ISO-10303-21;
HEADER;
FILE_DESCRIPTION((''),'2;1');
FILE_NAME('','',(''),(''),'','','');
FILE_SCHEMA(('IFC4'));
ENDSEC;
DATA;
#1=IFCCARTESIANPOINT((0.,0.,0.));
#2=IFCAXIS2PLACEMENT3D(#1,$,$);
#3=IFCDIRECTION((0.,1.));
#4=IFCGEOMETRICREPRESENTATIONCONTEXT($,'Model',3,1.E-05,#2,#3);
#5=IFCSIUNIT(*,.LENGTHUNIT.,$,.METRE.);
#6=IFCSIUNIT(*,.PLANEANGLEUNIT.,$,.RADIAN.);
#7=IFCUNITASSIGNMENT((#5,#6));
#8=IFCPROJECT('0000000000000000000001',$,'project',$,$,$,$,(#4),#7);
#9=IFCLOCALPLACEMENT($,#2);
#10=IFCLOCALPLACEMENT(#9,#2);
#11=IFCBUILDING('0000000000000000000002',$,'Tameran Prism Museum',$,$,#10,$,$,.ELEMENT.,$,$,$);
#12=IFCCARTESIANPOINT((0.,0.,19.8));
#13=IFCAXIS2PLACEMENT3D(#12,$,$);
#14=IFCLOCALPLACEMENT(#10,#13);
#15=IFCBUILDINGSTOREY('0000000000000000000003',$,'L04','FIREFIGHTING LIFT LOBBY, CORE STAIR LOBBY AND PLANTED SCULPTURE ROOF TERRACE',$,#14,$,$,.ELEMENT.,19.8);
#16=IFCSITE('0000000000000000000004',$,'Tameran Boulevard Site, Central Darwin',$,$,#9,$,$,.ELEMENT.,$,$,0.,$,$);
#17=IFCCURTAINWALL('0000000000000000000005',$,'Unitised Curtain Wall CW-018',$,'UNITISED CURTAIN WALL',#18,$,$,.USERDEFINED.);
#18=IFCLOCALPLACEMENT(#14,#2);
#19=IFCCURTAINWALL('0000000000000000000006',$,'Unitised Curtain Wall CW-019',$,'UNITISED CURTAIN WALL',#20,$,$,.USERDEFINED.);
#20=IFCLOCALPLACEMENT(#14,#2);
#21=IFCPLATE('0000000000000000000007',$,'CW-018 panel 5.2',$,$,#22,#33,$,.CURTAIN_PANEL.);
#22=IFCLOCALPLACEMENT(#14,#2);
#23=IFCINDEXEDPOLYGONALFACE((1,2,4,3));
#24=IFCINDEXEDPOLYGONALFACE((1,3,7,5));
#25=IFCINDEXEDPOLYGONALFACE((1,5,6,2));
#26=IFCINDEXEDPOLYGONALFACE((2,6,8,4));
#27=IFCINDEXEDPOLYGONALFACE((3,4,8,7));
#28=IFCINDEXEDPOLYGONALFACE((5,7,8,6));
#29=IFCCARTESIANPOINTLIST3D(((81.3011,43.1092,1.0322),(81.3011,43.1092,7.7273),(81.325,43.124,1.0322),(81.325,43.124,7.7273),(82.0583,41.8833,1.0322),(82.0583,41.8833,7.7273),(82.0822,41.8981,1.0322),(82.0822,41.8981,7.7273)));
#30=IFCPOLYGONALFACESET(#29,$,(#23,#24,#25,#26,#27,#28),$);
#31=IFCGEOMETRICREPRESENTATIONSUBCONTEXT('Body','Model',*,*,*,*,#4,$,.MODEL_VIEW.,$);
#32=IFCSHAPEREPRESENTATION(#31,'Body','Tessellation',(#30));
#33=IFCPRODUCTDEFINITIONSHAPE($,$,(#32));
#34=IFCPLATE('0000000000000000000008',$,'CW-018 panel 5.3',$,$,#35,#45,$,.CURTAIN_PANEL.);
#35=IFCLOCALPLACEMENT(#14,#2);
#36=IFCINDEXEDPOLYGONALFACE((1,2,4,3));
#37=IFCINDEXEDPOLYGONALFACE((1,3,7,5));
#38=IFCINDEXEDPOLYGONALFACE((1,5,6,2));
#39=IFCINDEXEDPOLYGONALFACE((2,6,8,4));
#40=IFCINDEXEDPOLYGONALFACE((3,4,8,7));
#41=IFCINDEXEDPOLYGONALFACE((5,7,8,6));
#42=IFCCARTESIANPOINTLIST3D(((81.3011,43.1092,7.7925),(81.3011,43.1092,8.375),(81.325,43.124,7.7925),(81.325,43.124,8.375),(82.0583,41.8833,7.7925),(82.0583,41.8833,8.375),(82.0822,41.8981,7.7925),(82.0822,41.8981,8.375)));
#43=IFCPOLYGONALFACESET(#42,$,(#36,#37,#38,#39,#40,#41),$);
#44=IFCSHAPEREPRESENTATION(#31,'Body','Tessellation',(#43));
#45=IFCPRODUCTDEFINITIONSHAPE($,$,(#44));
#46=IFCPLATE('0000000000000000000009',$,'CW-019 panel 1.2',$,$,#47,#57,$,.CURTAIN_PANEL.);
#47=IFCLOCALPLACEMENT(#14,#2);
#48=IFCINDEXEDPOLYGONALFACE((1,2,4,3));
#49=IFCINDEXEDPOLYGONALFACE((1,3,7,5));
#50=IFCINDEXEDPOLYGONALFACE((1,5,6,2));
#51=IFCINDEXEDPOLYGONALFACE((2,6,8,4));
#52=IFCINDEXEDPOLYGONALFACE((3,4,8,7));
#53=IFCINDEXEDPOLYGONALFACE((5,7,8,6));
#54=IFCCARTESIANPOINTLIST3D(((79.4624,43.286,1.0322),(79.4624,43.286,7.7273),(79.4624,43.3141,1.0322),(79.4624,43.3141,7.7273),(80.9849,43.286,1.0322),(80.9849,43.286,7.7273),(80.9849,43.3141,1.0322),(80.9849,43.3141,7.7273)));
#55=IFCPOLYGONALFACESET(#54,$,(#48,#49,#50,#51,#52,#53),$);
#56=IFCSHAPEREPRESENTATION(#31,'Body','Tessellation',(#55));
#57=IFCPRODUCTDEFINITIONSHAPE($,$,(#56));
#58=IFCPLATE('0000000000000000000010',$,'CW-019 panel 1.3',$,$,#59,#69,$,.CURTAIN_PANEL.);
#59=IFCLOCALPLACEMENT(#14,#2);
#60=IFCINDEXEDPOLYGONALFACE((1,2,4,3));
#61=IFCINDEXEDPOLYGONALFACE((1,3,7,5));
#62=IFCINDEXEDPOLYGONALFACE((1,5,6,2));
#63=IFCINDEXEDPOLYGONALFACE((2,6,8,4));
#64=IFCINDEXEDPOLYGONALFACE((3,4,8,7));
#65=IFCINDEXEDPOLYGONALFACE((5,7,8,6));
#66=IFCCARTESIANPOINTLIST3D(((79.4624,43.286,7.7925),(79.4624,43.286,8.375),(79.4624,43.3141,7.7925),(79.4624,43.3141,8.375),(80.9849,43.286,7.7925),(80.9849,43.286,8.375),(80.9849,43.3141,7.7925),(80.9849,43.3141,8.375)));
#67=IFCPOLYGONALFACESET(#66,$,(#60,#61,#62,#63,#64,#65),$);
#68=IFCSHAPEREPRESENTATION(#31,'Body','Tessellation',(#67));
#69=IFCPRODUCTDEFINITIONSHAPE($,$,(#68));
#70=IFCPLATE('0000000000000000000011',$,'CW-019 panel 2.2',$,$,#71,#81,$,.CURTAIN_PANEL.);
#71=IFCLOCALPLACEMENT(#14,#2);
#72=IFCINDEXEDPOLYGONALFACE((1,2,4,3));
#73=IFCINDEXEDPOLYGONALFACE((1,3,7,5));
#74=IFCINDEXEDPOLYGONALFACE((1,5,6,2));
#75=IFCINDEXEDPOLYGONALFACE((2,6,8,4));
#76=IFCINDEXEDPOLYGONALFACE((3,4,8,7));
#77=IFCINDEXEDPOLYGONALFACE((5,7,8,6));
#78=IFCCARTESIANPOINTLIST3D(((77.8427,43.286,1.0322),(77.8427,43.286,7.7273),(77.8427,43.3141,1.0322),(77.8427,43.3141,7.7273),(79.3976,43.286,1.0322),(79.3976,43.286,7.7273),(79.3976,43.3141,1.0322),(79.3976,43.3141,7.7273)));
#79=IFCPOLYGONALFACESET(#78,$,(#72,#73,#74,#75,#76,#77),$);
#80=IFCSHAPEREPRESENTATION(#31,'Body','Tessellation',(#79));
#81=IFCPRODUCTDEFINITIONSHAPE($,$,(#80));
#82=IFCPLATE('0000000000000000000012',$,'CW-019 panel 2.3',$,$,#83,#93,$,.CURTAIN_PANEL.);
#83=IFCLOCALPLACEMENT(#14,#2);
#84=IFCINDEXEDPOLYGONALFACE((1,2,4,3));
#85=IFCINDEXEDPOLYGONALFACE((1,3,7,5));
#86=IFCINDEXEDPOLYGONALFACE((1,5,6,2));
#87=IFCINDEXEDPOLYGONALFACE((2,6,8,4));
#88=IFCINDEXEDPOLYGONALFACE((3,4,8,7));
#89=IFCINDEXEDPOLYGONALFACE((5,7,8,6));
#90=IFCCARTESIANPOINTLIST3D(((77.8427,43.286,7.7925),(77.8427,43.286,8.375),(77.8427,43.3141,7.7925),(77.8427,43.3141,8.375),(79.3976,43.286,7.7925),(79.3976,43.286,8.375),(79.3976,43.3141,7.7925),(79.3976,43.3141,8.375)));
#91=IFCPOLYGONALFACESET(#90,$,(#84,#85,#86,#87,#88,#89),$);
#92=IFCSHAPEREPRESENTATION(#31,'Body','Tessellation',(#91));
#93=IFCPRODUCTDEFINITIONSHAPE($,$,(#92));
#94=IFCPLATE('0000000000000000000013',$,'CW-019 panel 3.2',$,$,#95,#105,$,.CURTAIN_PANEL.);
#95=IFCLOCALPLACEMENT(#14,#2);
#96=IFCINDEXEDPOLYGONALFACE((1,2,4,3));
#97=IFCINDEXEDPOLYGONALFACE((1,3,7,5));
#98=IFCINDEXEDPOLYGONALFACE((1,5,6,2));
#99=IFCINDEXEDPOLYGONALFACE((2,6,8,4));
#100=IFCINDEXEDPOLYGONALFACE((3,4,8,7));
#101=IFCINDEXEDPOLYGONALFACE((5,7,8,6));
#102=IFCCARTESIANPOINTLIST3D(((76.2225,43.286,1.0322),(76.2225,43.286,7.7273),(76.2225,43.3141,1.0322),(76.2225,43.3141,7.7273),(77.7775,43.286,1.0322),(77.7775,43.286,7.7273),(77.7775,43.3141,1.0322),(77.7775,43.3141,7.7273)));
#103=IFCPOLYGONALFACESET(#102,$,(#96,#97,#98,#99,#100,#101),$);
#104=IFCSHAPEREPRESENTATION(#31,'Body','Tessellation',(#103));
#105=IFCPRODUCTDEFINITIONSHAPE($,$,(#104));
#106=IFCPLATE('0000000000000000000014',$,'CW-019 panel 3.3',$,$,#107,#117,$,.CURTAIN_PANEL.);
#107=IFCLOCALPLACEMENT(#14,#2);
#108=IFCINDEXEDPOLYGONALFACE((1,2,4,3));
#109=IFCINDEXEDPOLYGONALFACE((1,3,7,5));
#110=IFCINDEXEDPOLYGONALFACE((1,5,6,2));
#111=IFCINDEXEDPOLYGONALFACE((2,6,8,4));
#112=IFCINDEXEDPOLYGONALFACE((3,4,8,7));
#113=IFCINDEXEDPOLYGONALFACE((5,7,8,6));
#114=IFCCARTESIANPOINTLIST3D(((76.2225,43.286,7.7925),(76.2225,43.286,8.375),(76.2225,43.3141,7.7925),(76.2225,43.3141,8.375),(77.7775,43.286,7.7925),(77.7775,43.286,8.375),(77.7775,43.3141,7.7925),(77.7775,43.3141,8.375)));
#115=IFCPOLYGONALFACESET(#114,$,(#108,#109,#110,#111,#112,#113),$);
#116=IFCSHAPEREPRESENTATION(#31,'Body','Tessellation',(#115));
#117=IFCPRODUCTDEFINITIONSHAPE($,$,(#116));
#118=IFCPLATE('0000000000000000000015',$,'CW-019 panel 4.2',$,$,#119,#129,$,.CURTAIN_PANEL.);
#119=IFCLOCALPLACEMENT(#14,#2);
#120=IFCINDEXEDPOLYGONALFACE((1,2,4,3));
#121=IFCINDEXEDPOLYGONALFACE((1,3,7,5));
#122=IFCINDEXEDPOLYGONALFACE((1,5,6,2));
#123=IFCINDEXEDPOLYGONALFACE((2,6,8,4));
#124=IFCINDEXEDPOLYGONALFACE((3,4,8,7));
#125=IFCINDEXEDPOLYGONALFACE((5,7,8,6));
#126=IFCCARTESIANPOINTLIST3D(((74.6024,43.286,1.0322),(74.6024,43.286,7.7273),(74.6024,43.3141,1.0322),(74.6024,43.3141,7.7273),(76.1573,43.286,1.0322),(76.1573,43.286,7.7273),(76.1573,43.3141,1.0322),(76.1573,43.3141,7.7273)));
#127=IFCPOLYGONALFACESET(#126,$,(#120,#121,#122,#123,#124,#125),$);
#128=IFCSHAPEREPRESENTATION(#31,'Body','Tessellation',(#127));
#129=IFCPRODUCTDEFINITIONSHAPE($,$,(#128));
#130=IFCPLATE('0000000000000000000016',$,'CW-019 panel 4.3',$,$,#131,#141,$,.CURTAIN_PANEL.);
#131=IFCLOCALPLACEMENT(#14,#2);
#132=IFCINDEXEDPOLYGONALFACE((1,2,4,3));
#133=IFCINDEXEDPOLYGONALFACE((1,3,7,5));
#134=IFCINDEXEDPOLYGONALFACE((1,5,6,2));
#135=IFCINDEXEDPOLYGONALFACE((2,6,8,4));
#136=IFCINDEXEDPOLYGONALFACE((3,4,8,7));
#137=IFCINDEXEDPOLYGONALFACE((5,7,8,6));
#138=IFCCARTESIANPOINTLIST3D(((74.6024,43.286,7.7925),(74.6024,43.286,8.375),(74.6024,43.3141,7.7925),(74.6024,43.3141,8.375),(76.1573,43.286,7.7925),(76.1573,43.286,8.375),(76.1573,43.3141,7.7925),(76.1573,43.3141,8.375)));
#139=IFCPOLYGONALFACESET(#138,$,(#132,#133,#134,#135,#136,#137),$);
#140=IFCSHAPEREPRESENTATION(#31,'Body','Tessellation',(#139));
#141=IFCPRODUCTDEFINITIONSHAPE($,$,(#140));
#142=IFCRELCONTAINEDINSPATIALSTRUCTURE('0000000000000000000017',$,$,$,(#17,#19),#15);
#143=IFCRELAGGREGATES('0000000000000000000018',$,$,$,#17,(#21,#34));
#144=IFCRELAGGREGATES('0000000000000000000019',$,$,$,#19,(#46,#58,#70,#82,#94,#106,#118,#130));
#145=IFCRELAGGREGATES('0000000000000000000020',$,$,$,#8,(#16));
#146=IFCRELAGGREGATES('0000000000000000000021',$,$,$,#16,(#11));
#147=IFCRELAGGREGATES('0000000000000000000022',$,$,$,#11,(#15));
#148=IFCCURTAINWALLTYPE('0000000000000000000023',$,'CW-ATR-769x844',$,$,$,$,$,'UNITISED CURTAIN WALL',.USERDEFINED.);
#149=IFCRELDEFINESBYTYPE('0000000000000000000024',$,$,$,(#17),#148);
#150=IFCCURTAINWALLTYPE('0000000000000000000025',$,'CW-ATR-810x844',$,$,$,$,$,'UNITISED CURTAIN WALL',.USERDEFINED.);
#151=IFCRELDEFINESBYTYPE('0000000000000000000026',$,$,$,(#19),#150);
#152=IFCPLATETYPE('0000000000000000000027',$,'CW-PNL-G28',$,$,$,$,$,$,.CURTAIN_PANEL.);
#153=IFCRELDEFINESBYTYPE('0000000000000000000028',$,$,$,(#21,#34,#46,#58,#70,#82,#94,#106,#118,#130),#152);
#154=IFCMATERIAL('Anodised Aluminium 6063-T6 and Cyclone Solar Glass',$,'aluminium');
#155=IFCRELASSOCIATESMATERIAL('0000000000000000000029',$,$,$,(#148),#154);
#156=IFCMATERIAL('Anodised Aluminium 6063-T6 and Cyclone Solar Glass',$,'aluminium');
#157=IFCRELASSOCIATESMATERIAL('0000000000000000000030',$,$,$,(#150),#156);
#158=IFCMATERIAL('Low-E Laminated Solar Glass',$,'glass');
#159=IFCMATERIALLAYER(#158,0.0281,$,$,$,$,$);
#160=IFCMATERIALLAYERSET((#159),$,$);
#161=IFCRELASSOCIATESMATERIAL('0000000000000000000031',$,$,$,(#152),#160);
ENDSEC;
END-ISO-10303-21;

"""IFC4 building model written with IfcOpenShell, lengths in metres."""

from ifc_helpers import new_model, si_unit, direction, frame, origin, origin_2d, place, context, subcontext, project, spatial, rectangle, extrude, material, layer, layer_set, type_object, element, aggregate, save


model = new_model("IFC4")

# Units and contexts
model_context = context("Model", 3, precision=1e-05, world=origin(), true_north=direction((0.0, 1.0)))
body_context = subcontext(model_context, "Body", "Model", "MODEL_VIEW")
ifc_project = project(units=[si_unit("LENGTHUNIT", "METRE"), si_unit("PLANEANGLEUNIT", "RADIAN")], contexts=[model_context])

# Site, building, storey
site_placement = place(None, origin())
site = spatial("IfcSite", under=ifc_project, at=site_placement, Name="Tameran Boulevard Site, Central Darwin", CompositionType="ELEMENT", RefElevation=0.0)
building_placement = place(site_placement, origin())
building = spatial("IfcBuilding", under=site, at=building_placement, Name="Tameran Prism Museum", CompositionType="ELEMENT")
storey_placement = place(building_placement, frame((0.0, 0.0, 19.8)))
storey = spatial("IfcBuildingStorey", under=building, at=storey_placement, Name="L04", Description="FIREFIGHTING LIFT LOBBY, CORE STAIR LOBBY AND PLANTED SCULPTURE ROOF TERRACE", CompositionType="ELEMENT", Elevation=19.8)

# Curtain walls
ifc_material_1 = material(Name="Anodised Aluminium 6063-T6 and Cyclone Solar Glass", Category="aluminium")
curtain_wall_type_1 = type_object("IfcCurtainWallType", Name="CW-ATR-769x844", ElementType="UNITISED CURTAIN WALL", PredefinedType="USERDEFINED", material=ifc_material_1)
curtain_wall_1_placement = place(storey_placement, origin())
curtain_wall_1 = element("IfcCurtainWall", 1, at=curtain_wall_1_placement, inside=storey, type_object=curtain_wall_type_1, Name="Unitised Curtain Wall CW-018", ObjectType="UNITISED CURTAIN WALL", PredefinedType="USERDEFINED")
ifc_material_2 = material(Name="Anodised Aluminium 6063-T6 and Cyclone Solar Glass", Category="aluminium")
curtain_wall_type_2 = type_object("IfcCurtainWallType", Name="CW-ATR-810x844", ElementType="UNITISED CURTAIN WALL", PredefinedType="USERDEFINED", material=ifc_material_2)
curtain_wall_2_placement = place(storey_placement, origin())
curtain_wall_2 = element("IfcCurtainWall", 2, at=curtain_wall_2_placement, inside=storey, type_object=curtain_wall_type_2, Name="Unitised Curtain Wall CW-019", ObjectType="UNITISED CURTAIN WALL", PredefinedType="USERDEFINED")

# Plates
ifc_material_3 = material(Name="Low-E Laminated Solar Glass", Category="glass")
ifc_layer = layer(ifc_material_3, 0.0281)
ifc_layer_set = layer_set([ifc_layer])
plate_type = type_object("IfcPlateType", Name="CW-PNL-G28", PredefinedType="CURTAIN_PANEL", material=ifc_layer_set)
plate_1_placement = place(storey_placement, frame((81.6917, 42.5037, 1.0322), z_axis=(0.0, 0.0, 1.0), x_axis=(-0.525504, 0.850791, 0.0)))
plate_1 = element("IfcPlate", 3, at=plate_1_placement, type_object=plate_type, Name="CW-018 panel 5.2", PredefinedType="CURTAIN_PANEL", context=body_context, shape_type="SweptSolid", body=[
    extrude(rectangle(XDim=1.4409, YDim=0.0281, at=origin_2d()), origin(), (0.0, 0.0, 1.0), 6.6951),
])
plate_2_placement = place(storey_placement, frame((81.6917, 42.5037, 7.7925), z_axis=(0.0, 0.0, 1.0), x_axis=(-0.525504, 0.850791, 0.0)))
plate_2 = element("IfcPlate", 4, at=plate_2_placement, type_object=plate_type, Name="CW-018 panel 5.3", PredefinedType="CURTAIN_PANEL", context=body_context, shape_type="SweptSolid", body=[
    extrude(rectangle(XDim=1.4409, YDim=0.0281, at=origin_2d()), origin(), (0.0, 0.0, 1.0), 0.5825),
])
aggregate(curtain_wall_1, [plate_1, plate_2])
plate_3_placement = place(storey_placement, frame((80.2236, 43.3, 1.0322), z_axis=(0.0, 0.0, 1.0), x_axis=(-1.0, 0.0, 0.0)))
plate_3 = element("IfcPlate", 5, at=plate_3_placement, type_object=plate_type, Name="CW-019 panel 1.2", PredefinedType="CURTAIN_PANEL", context=body_context, shape_type="SweptSolid", body=[
    extrude(rectangle(XDim=1.5225, YDim=0.0281, at=origin_2d()), origin(), (0.0, 0.0, 1.0), 6.6951),
])
plate_4_placement = place(storey_placement, frame((80.2236, 43.3, 7.7925), z_axis=(0.0, 0.0, 1.0), x_axis=(-1.0, 0.0, 0.0)))
plate_4 = element("IfcPlate", 6, at=plate_4_placement, type_object=plate_type, Name="CW-019 panel 1.3", PredefinedType="CURTAIN_PANEL", context=body_context, shape_type="SweptSolid", body=[
    extrude(rectangle(XDim=1.5225, YDim=0.0281, at=origin_2d()), origin(), (0.0, 0.0, 1.0), 0.5825),
])
plate_5_placement = place(storey_placement, frame((78.6201, 43.3, 1.0322), z_axis=(0.0, 0.0, 1.0), x_axis=(-1.0, 0.0, 0.0)))
plate_5 = element("IfcPlate", 7, at=plate_5_placement, type_object=plate_type, Name="CW-019 panel 2.2", PredefinedType="CURTAIN_PANEL", context=body_context, shape_type="SweptSolid", body=[
    extrude(rectangle(XDim=1.5549, YDim=0.0281, at=origin_2d()), origin(), (0.0, 0.0, 1.0), 6.6951),
])
plate_6_placement = place(storey_placement, frame((78.6201, 43.3, 7.7925), z_axis=(0.0, 0.0, 1.0), x_axis=(-1.0, 0.0, 0.0)))
plate_6 = element("IfcPlate", 8, at=plate_6_placement, type_object=plate_type, Name="CW-019 panel 2.3", PredefinedType="CURTAIN_PANEL", context=body_context, shape_type="SweptSolid", body=[
    extrude(rectangle(XDim=1.5549, YDim=0.0281, at=origin_2d()), origin(), (0.0, 0.0, 1.0), 0.5825),
])
plate_7_placement = place(storey_placement, frame((77.0, 43.3, 1.0322), z_axis=(0.0, 0.0, 1.0), x_axis=(-1.0, 0.0, 0.0)))
plate_7 = element("IfcPlate", 9, at=plate_7_placement, type_object=plate_type, Name="CW-019 panel 3.2", PredefinedType="CURTAIN_PANEL", context=body_context, shape_type="SweptSolid", body=[
    extrude(rectangle(XDim=1.5549, YDim=0.0281, at=origin_2d()), origin(), (0.0, 0.0, 1.0), 6.6951),
])
plate_8_placement = place(storey_placement, frame((77.0, 43.3, 7.7925), z_axis=(0.0, 0.0, 1.0), x_axis=(-1.0, 0.0, 0.0)))
plate_8 = element("IfcPlate", 10, at=plate_8_placement, type_object=plate_type, Name="CW-019 panel 3.3", PredefinedType="CURTAIN_PANEL", context=body_context, shape_type="SweptSolid", body=[
    extrude(rectangle(XDim=1.5549, YDim=0.0281, at=origin_2d()), origin(), (0.0, 0.0, 1.0), 0.5825),
])
plate_9_placement = place(storey_placement, frame((75.3799, 43.3, 1.0322), z_axis=(0.0, 0.0, 1.0), x_axis=(-1.0, 0.0, 0.0)))
plate_9 = element("IfcPlate", 11, at=plate_9_placement, type_object=plate_type, Name="CW-019 panel 4.2", PredefinedType="CURTAIN_PANEL", context=body_context, shape_type="SweptSolid", body=[
    extrude(rectangle(XDim=1.5549, YDim=0.0281, at=origin_2d()), origin(), (0.0, 0.0, 1.0), 6.6951),
])
plate_10_placement = place(storey_placement, frame((75.3799, 43.3, 7.7925), z_axis=(0.0, 0.0, 1.0), x_axis=(-1.0, 0.0, 0.0)))
plate_10 = element("IfcPlate", 12, at=plate_10_placement, type_object=plate_type, Name="CW-019 panel 4.3", PredefinedType="CURTAIN_PANEL", context=body_context, shape_type="SweptSolid", body=[
    extrude(rectangle(XDim=1.5549, YDim=0.0281, at=origin_2d()), origin(), (0.0, 0.0, 1.0), 0.5825),
])
aggregate(curtain_wall_2, [plate_3, plate_4, plate_5, plate_6, plate_7, plate_8, plate_9, plate_10])

save(model, "model.ifc")
